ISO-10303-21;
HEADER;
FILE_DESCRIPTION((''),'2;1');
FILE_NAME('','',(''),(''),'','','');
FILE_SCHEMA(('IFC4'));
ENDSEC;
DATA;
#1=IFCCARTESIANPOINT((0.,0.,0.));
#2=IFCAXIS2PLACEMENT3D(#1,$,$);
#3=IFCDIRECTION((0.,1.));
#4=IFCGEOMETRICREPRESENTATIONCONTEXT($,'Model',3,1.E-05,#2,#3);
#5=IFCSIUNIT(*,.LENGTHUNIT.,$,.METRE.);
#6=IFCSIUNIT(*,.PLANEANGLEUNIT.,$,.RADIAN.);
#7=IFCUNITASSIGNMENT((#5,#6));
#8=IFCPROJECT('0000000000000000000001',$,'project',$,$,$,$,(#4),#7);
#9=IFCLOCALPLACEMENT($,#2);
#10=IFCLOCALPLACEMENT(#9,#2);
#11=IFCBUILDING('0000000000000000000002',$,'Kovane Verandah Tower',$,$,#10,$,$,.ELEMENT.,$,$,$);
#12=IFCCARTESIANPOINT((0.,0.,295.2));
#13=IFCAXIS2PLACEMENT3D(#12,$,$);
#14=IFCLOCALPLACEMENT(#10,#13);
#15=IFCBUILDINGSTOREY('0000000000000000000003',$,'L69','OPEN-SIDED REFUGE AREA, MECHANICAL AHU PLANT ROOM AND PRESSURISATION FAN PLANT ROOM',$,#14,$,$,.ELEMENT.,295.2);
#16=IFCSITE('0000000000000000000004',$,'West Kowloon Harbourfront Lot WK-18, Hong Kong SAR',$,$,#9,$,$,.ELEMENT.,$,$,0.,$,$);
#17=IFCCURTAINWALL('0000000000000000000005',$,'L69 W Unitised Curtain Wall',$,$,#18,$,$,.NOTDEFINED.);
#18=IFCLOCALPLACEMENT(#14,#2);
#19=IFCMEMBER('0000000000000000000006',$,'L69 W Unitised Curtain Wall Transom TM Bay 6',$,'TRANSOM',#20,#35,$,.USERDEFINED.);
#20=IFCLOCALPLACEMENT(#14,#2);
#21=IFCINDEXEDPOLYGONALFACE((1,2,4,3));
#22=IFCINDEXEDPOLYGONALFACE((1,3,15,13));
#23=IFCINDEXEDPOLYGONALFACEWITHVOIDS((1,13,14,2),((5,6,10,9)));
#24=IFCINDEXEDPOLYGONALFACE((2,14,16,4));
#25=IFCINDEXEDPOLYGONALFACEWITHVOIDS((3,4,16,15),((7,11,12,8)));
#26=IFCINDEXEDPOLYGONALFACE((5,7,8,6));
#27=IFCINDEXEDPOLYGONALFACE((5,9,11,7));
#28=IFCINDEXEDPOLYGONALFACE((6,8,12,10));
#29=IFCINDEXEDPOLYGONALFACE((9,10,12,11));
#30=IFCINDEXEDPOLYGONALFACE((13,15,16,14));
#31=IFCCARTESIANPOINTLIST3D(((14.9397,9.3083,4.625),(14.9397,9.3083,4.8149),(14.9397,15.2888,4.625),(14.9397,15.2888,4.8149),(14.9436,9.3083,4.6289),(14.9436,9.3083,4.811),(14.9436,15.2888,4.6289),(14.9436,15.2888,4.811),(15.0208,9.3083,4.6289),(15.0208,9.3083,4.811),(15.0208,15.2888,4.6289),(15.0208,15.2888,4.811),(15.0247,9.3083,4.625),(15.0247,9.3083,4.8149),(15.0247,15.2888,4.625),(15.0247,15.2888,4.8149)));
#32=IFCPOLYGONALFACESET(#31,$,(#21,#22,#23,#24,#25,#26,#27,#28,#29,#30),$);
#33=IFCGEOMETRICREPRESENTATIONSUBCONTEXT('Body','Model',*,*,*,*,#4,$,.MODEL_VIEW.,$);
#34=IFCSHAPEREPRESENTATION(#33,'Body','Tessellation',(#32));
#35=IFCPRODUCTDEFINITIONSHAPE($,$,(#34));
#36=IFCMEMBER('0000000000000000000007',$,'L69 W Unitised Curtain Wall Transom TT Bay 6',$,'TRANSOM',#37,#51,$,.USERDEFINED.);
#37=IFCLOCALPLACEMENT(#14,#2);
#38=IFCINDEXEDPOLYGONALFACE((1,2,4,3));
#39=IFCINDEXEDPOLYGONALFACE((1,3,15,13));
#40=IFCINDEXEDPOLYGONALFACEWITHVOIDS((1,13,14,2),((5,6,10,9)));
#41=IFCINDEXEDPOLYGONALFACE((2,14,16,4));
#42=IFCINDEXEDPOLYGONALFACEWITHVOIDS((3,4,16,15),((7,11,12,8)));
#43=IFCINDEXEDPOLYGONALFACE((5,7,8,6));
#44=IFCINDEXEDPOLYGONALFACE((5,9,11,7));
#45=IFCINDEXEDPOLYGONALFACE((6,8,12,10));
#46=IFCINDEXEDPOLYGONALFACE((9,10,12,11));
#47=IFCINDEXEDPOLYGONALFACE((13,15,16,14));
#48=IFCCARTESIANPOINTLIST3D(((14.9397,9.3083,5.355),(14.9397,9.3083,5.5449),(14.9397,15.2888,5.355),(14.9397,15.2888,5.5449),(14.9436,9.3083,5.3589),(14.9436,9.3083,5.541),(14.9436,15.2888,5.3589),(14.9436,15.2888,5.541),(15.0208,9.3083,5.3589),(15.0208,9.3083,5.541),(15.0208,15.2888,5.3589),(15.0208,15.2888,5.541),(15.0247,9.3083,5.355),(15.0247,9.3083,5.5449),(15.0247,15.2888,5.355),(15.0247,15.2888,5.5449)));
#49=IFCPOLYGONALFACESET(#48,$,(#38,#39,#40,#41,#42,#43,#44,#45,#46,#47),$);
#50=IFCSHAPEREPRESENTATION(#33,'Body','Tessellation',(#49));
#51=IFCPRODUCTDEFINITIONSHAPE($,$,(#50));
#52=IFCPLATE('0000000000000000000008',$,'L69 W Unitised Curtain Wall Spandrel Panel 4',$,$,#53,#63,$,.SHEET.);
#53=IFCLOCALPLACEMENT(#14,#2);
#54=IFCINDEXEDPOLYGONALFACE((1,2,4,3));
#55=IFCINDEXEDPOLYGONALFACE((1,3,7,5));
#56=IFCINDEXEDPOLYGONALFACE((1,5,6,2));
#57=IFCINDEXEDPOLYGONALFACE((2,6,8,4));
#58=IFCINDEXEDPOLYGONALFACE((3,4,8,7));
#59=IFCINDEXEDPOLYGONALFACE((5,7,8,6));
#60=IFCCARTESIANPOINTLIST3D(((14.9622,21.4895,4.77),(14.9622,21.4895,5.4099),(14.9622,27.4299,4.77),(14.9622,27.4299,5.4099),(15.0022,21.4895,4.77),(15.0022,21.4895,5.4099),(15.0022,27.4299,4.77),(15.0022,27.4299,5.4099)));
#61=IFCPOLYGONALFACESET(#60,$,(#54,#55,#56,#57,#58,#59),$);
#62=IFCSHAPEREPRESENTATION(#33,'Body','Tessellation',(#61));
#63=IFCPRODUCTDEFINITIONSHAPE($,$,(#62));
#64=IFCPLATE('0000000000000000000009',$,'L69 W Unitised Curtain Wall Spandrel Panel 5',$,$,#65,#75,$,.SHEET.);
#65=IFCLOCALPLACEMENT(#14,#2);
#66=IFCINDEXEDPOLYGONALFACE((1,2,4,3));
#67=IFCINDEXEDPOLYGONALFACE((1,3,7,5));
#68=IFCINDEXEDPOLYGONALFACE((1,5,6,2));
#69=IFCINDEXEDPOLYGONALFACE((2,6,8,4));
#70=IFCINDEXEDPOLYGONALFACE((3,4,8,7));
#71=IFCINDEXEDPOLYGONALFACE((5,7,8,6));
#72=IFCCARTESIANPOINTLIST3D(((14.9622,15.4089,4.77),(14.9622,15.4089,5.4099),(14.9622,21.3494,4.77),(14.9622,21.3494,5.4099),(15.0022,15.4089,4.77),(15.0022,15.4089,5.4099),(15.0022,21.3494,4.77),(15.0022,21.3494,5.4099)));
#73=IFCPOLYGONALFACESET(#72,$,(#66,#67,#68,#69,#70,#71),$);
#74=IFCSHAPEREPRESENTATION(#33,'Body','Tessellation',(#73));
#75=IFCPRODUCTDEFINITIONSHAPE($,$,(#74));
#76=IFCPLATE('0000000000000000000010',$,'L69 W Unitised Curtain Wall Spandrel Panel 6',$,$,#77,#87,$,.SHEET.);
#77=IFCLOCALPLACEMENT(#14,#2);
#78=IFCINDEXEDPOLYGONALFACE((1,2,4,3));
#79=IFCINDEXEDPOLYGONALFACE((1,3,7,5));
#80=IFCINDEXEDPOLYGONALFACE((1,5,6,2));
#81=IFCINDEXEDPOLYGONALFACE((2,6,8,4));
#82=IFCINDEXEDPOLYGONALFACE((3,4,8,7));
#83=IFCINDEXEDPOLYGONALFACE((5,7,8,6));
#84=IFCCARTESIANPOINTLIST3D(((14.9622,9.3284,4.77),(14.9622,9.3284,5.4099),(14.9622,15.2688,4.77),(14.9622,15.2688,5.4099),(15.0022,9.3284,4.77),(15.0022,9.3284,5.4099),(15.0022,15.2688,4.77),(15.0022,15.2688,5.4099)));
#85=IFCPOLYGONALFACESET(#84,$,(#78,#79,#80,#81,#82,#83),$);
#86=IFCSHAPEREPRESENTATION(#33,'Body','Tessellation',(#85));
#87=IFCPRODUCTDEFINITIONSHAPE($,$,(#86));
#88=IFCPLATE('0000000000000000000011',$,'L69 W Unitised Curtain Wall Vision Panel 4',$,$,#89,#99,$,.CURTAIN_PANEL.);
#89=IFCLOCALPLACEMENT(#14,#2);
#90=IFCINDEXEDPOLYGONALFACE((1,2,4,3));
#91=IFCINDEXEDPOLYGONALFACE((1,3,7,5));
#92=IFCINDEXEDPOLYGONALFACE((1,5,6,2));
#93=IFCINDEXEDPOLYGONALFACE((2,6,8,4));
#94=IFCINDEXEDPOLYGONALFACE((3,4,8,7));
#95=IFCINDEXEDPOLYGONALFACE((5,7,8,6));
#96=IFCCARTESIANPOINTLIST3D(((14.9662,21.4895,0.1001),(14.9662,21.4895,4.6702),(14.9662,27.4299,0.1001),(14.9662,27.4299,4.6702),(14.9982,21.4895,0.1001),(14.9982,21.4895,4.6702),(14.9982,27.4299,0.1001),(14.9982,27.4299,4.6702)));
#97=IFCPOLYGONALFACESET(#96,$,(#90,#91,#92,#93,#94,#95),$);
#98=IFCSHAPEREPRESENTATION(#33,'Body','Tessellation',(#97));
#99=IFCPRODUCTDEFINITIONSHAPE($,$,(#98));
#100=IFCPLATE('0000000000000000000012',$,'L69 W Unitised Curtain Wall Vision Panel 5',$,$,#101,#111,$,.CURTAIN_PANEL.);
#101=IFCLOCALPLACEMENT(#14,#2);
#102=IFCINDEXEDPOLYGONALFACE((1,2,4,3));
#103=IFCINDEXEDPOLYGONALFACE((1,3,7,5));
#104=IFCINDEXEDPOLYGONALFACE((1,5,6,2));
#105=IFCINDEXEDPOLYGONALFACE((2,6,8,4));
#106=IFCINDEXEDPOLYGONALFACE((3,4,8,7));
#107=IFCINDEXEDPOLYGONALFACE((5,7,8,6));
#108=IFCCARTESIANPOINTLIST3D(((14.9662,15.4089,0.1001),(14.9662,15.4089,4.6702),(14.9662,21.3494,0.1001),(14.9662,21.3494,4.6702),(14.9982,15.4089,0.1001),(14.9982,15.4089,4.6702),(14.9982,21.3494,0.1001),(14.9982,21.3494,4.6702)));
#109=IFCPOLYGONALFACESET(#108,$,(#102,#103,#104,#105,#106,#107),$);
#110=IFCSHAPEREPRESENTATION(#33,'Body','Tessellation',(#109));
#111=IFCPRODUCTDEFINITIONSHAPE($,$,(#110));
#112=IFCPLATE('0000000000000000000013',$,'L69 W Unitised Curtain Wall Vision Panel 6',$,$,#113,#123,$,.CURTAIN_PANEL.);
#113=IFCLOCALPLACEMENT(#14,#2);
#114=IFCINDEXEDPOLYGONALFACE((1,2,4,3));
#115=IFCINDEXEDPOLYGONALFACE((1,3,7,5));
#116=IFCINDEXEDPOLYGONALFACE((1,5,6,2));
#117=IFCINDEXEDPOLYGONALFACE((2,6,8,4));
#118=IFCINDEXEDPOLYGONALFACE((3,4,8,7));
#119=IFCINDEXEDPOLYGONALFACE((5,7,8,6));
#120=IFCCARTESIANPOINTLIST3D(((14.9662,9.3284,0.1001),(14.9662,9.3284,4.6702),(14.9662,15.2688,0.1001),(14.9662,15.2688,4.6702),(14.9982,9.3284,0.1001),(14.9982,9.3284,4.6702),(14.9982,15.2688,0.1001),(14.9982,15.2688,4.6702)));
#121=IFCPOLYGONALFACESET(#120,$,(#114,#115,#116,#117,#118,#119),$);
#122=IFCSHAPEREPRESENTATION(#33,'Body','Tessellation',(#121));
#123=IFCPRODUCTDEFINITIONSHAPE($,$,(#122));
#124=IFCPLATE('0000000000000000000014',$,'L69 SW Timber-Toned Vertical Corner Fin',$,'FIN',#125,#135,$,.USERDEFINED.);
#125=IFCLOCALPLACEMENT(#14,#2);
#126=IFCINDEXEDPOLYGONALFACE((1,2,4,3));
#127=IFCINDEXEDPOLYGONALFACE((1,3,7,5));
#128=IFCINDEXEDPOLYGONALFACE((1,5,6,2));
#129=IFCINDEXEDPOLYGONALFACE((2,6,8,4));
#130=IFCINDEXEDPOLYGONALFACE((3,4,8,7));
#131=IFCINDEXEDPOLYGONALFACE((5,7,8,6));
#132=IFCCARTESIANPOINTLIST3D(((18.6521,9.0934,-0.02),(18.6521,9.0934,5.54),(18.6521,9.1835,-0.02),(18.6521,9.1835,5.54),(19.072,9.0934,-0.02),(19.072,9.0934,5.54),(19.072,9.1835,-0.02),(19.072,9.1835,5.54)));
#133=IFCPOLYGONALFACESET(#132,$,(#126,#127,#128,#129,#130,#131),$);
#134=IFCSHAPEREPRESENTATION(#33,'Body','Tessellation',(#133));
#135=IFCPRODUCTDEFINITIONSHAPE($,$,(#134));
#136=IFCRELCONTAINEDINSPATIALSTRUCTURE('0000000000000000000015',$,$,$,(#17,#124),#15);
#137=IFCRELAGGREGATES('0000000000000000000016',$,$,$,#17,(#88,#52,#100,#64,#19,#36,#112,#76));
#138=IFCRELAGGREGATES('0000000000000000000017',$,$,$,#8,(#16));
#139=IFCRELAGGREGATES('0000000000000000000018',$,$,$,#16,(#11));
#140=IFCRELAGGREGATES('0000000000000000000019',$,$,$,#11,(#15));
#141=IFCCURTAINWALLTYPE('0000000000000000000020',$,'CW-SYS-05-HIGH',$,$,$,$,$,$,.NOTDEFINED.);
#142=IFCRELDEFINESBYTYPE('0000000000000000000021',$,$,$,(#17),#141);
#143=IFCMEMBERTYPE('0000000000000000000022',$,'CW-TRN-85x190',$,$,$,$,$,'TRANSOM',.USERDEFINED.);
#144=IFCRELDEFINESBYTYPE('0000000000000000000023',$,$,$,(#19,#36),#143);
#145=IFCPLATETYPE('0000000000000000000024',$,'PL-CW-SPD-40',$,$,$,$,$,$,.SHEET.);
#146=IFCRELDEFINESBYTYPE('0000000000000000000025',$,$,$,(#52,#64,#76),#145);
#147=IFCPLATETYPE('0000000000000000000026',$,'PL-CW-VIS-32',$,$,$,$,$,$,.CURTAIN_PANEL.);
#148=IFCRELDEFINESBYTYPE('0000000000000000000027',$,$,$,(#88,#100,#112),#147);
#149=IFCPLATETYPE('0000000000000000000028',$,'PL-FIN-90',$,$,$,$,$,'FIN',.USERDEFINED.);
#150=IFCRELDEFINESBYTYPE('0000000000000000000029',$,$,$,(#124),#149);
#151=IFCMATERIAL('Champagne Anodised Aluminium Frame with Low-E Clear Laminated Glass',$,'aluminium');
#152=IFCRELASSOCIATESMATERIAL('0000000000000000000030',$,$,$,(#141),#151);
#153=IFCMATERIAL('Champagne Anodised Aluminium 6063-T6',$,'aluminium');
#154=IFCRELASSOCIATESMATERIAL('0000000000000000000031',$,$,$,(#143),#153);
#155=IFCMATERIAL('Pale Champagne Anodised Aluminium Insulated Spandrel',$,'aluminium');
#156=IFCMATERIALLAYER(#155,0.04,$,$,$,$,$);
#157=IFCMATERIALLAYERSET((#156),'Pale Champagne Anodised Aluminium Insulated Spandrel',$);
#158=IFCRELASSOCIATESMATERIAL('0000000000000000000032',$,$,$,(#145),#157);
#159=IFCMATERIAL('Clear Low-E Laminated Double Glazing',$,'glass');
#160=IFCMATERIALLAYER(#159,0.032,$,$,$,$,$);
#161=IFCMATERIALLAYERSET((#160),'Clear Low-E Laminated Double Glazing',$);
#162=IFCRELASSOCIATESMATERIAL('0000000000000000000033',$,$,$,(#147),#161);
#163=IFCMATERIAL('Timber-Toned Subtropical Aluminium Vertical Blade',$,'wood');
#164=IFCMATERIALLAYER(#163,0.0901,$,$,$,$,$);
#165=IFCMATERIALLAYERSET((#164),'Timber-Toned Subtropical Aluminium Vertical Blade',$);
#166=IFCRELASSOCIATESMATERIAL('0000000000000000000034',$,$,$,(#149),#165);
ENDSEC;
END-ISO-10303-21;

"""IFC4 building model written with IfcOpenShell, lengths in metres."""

from ifc_helpers import new_model, si_unit, direction, frame, origin, origin_2d, place, context, subcontext, project, spatial, rectangle, hollow_rectangle, extrude, material, layer, layer_set, material_profile, profile_set, type_object, element, aggregate, save


model = new_model("IFC4")

# Units and contexts
model_context = context("Model", 3, precision=1e-05, world=origin(), true_north=direction((0.0, 1.0)))
body_context = subcontext(model_context, "Body", "Model", "MODEL_VIEW")
ifc_project = project(units=[si_unit("LENGTHUNIT", "METRE"), si_unit("PLANEANGLEUNIT", "RADIAN")], contexts=[model_context])

# Site, building, storey
site_placement = place(None, origin())
site = spatial("IfcSite", under=ifc_project, at=site_placement, Name="West Kowloon Harbourfront Lot WK-18, Hong Kong SAR", CompositionType="ELEMENT", RefElevation=0.0)
building_placement = place(site_placement, origin())
building = spatial("IfcBuilding", under=site, at=building_placement, Name="Kovane Verandah Tower", CompositionType="ELEMENT")
storey_placement = place(building_placement, frame((0.0, 0.0, 295.2)))
storey = spatial("IfcBuildingStorey", under=building, at=storey_placement, Name="L69", Description="OPEN-SIDED REFUGE AREA, MECHANICAL AHU PLANT ROOM AND PRESSURISATION FAN PLANT ROOM", CompositionType="ELEMENT", Elevation=295.2)

# Shared definitions
ifc_material_1 = material(Name="Champagne Anodised Aluminium Frame with Low-E Clear Laminated Glass", Category="aluminium")
curtain_wall_type = type_object("IfcCurtainWallType", Name="CW-SYS-05-HIGH", PredefinedType="NOTDEFINED", material=ifc_material_1)
ifc_material_2 = material(Name="Champagne Anodised Aluminium 6063-T6", Category="aluminium")

# Curtain wall, members, plates
curtain_wall_1_placement = place(storey_placement, origin())
curtain_wall_1 = element("IfcCurtainWall", 1, at=curtain_wall_1_placement, inside=storey, type_object=curtain_wall_type, Name="L69 W Unitised Curtain Wall", PredefinedType="NOTDEFINED")
ifc_material_profile_1 = material_profile(ifc_material_2, hollow_rectangle(XDim=0.085, YDim=0.1899, WallThickness=0.0039, at=origin_2d()), Name="AL85x190x4")
ifc_profile_set_1 = profile_set([ifc_material_profile_1], Name="Champagne Anodised Aluminium 6063-T6")
member_type_1 = type_object("IfcMemberType", Name="CW-TRN-85x190", ElementType="TRANSOM", PredefinedType="USERDEFINED", material=ifc_profile_set_1)
member_1_placement = place(storey_placement, frame((14.9822, 15.2888, 4.72), z_axis=(0.0, -1.0, 0.0), x_axis=(1.0, 0.0, 0.0)))
member_1 = element("IfcMember", 2, at=member_1_placement, type_object=member_type_1, Name="L69 W Unitised Curtain Wall Transom TM Bay 6", ObjectType="TRANSOM", PredefinedType="USERDEFINED", context=body_context, shape_type="SweptSolid", body=[
    extrude(hollow_rectangle(XDim=0.085, YDim=0.1899, WallThickness=0.0039, at=origin_2d()), origin(), (0.0, 0.0, 1.0), 5.9805),
])
member_2_placement = place(storey_placement, frame((14.9822, 15.2888, 5.45), z_axis=(0.0, -1.0, 0.0), x_axis=(1.0, 0.0, 0.0)))
member_2 = element("IfcMember", 3, at=member_2_placement, type_object=member_type_1, Name="L69 W Unitised Curtain Wall Transom TT Bay 6", ObjectType="TRANSOM", PredefinedType="USERDEFINED", context=body_context, shape_type="SweptSolid", body=[
    extrude(hollow_rectangle(XDim=0.085, YDim=0.1899, WallThickness=0.0039, at=origin_2d()), origin(), (0.0, 0.0, 1.0), 5.9805),
])
ifc_material_3 = material(Name="Pale Champagne Anodised Aluminium Insulated Spandrel", Category="aluminium")
ifc_layer_1 = layer(ifc_material_3, 0.04)
ifc_layer_set_1 = layer_set([ifc_layer_1], Name="Pale Champagne Anodised Aluminium Insulated Spandrel")
plate_type_1 = type_object("IfcPlateType", Name="PL-CW-SPD-40", PredefinedType="SHEET", material=ifc_layer_set_1)
plate_1_placement = place(storey_placement, frame((14.9822, 24.4597, 4.77), z_axis=(0.0, 0.0, 1.0), x_axis=(0.0, -1.0, 0.0)))
plate_1 = element("IfcPlate", 4, at=plate_1_placement, type_object=plate_type_1, Name="L69 W Unitised Curtain Wall Spandrel Panel 4", PredefinedType="SHEET", context=body_context, shape_type="SweptSolid", body=[
    extrude(rectangle(XDim=5.9404, YDim=0.04, at=origin_2d()), origin(), (0.0, 0.0, 1.0), 0.6399),
])
plate_2_placement = place(storey_placement, frame((14.9822, 18.3792, 4.77), z_axis=(0.0, 0.0, 1.0), x_axis=(0.0, -1.0, 0.0)))
plate_2 = element("IfcPlate", 5, at=plate_2_placement, type_object=plate_type_1, Name="L69 W Unitised Curtain Wall Spandrel Panel 5", PredefinedType="SHEET", context=body_context, shape_type="SweptSolid", body=[
    extrude(rectangle(XDim=5.9404, YDim=0.04, at=origin_2d()), origin(), (0.0, 0.0, 1.0), 0.6399),
])
plate_3_placement = place(storey_placement, frame((14.9822, 12.2986, 4.77), z_axis=(0.0, 0.0, 1.0), x_axis=(0.0, -1.0, 0.0)))
plate_3 = element("IfcPlate", 6, at=plate_3_placement, type_object=plate_type_1, Name="L69 W Unitised Curtain Wall Spandrel Panel 6", PredefinedType="SHEET", context=body_context, shape_type="SweptSolid", body=[
    extrude(rectangle(XDim=5.9404, YDim=0.04, at=origin_2d()), origin(), (0.0, 0.0, 1.0), 0.6399),
])
ifc_material_4 = material(Name="Clear Low-E Laminated Double Glazing", Category="glass")
ifc_layer_2 = layer(ifc_material_4, 0.032)
ifc_layer_set_2 = layer_set([ifc_layer_2], Name="Clear Low-E Laminated Double Glazing")
plate_type_2 = type_object("IfcPlateType", Name="PL-CW-VIS-32", PredefinedType="CURTAIN_PANEL", material=ifc_layer_set_2)
plate_4_placement = place(storey_placement, frame((14.9822, 24.4597, 0.1001), z_axis=(0.0, 0.0, 1.0), x_axis=(0.0, -1.0, 0.0)))
plate_4 = element("IfcPlate", 7, at=plate_4_placement, type_object=plate_type_2, Name="L69 W Unitised Curtain Wall Vision Panel 4", PredefinedType="CURTAIN_PANEL", context=body_context, shape_type="SweptSolid", body=[
    extrude(rectangle(XDim=5.9404, YDim=0.032, at=origin_2d()), origin(), (0.0, 0.0, 1.0), 4.5701),
])
plate_5_placement = place(storey_placement, frame((14.9822, 18.3792, 0.1001), z_axis=(0.0, 0.0, 1.0), x_axis=(0.0, -1.0, 0.0)))
plate_5 = element("IfcPlate", 8, at=plate_5_placement, type_object=plate_type_2, Name="L69 W Unitised Curtain Wall Vision Panel 5", PredefinedType="CURTAIN_PANEL", context=body_context, shape_type="SweptSolid", body=[
    extrude(rectangle(XDim=5.9404, YDim=0.032, at=origin_2d()), origin(), (0.0, 0.0, 1.0), 4.5701),
])
plate_6_placement = place(storey_placement, frame((14.9822, 12.2986, 0.1001), z_axis=(0.0, 0.0, 1.0), x_axis=(0.0, -1.0, 0.0)))
plate_6 = element("IfcPlate", 9, at=plate_6_placement, type_object=plate_type_2, Name="L69 W Unitised Curtain Wall Vision Panel 6", PredefinedType="CURTAIN_PANEL", context=body_context, shape_type="SweptSolid", body=[
    extrude(rectangle(XDim=5.9404, YDim=0.032, at=origin_2d()), origin(), (0.0, 0.0, 1.0), 4.5701),
])
aggregate(curtain_wall_1, [plate_4, plate_1, plate_5, plate_2, member_1, member_2, plate_6, plate_3])

# Plate
ifc_material_5 = material(Name="Timber-Toned Subtropical Aluminium Vertical Blade", Category="wood")
ifc_layer_3 = layer(ifc_material_5, 0.0901)
ifc_layer_set_3 = layer_set([ifc_layer_3], Name="Timber-Toned Subtropical Aluminium Vertical Blade")
plate_type_3 = type_object("IfcPlateType", Name="PL-FIN-90", ElementType="FIN", PredefinedType="USERDEFINED", material=ifc_layer_set_3)
plate_7_placement = place(storey_placement, frame((18.8621, 9.1384, -0.02), z_axis=(0.0, 0.0, 1.0), x_axis=(1.0, 0.0, 0.0)))
element("IfcPlate", 10, at=plate_7_placement, inside=storey, type_object=plate_type_3, Name="L69 SW Timber-Toned Vertical Corner Fin", ObjectType="FIN", PredefinedType="USERDEFINED", context=body_context, shape_type="SweptSolid", body=[
    extrude(rectangle(XDim=0.4199, YDim=0.0901, at=origin_2d()), origin(), (0.0, 0.0, 1.0), 5.5601),
])

save(model, "model.ifc")
